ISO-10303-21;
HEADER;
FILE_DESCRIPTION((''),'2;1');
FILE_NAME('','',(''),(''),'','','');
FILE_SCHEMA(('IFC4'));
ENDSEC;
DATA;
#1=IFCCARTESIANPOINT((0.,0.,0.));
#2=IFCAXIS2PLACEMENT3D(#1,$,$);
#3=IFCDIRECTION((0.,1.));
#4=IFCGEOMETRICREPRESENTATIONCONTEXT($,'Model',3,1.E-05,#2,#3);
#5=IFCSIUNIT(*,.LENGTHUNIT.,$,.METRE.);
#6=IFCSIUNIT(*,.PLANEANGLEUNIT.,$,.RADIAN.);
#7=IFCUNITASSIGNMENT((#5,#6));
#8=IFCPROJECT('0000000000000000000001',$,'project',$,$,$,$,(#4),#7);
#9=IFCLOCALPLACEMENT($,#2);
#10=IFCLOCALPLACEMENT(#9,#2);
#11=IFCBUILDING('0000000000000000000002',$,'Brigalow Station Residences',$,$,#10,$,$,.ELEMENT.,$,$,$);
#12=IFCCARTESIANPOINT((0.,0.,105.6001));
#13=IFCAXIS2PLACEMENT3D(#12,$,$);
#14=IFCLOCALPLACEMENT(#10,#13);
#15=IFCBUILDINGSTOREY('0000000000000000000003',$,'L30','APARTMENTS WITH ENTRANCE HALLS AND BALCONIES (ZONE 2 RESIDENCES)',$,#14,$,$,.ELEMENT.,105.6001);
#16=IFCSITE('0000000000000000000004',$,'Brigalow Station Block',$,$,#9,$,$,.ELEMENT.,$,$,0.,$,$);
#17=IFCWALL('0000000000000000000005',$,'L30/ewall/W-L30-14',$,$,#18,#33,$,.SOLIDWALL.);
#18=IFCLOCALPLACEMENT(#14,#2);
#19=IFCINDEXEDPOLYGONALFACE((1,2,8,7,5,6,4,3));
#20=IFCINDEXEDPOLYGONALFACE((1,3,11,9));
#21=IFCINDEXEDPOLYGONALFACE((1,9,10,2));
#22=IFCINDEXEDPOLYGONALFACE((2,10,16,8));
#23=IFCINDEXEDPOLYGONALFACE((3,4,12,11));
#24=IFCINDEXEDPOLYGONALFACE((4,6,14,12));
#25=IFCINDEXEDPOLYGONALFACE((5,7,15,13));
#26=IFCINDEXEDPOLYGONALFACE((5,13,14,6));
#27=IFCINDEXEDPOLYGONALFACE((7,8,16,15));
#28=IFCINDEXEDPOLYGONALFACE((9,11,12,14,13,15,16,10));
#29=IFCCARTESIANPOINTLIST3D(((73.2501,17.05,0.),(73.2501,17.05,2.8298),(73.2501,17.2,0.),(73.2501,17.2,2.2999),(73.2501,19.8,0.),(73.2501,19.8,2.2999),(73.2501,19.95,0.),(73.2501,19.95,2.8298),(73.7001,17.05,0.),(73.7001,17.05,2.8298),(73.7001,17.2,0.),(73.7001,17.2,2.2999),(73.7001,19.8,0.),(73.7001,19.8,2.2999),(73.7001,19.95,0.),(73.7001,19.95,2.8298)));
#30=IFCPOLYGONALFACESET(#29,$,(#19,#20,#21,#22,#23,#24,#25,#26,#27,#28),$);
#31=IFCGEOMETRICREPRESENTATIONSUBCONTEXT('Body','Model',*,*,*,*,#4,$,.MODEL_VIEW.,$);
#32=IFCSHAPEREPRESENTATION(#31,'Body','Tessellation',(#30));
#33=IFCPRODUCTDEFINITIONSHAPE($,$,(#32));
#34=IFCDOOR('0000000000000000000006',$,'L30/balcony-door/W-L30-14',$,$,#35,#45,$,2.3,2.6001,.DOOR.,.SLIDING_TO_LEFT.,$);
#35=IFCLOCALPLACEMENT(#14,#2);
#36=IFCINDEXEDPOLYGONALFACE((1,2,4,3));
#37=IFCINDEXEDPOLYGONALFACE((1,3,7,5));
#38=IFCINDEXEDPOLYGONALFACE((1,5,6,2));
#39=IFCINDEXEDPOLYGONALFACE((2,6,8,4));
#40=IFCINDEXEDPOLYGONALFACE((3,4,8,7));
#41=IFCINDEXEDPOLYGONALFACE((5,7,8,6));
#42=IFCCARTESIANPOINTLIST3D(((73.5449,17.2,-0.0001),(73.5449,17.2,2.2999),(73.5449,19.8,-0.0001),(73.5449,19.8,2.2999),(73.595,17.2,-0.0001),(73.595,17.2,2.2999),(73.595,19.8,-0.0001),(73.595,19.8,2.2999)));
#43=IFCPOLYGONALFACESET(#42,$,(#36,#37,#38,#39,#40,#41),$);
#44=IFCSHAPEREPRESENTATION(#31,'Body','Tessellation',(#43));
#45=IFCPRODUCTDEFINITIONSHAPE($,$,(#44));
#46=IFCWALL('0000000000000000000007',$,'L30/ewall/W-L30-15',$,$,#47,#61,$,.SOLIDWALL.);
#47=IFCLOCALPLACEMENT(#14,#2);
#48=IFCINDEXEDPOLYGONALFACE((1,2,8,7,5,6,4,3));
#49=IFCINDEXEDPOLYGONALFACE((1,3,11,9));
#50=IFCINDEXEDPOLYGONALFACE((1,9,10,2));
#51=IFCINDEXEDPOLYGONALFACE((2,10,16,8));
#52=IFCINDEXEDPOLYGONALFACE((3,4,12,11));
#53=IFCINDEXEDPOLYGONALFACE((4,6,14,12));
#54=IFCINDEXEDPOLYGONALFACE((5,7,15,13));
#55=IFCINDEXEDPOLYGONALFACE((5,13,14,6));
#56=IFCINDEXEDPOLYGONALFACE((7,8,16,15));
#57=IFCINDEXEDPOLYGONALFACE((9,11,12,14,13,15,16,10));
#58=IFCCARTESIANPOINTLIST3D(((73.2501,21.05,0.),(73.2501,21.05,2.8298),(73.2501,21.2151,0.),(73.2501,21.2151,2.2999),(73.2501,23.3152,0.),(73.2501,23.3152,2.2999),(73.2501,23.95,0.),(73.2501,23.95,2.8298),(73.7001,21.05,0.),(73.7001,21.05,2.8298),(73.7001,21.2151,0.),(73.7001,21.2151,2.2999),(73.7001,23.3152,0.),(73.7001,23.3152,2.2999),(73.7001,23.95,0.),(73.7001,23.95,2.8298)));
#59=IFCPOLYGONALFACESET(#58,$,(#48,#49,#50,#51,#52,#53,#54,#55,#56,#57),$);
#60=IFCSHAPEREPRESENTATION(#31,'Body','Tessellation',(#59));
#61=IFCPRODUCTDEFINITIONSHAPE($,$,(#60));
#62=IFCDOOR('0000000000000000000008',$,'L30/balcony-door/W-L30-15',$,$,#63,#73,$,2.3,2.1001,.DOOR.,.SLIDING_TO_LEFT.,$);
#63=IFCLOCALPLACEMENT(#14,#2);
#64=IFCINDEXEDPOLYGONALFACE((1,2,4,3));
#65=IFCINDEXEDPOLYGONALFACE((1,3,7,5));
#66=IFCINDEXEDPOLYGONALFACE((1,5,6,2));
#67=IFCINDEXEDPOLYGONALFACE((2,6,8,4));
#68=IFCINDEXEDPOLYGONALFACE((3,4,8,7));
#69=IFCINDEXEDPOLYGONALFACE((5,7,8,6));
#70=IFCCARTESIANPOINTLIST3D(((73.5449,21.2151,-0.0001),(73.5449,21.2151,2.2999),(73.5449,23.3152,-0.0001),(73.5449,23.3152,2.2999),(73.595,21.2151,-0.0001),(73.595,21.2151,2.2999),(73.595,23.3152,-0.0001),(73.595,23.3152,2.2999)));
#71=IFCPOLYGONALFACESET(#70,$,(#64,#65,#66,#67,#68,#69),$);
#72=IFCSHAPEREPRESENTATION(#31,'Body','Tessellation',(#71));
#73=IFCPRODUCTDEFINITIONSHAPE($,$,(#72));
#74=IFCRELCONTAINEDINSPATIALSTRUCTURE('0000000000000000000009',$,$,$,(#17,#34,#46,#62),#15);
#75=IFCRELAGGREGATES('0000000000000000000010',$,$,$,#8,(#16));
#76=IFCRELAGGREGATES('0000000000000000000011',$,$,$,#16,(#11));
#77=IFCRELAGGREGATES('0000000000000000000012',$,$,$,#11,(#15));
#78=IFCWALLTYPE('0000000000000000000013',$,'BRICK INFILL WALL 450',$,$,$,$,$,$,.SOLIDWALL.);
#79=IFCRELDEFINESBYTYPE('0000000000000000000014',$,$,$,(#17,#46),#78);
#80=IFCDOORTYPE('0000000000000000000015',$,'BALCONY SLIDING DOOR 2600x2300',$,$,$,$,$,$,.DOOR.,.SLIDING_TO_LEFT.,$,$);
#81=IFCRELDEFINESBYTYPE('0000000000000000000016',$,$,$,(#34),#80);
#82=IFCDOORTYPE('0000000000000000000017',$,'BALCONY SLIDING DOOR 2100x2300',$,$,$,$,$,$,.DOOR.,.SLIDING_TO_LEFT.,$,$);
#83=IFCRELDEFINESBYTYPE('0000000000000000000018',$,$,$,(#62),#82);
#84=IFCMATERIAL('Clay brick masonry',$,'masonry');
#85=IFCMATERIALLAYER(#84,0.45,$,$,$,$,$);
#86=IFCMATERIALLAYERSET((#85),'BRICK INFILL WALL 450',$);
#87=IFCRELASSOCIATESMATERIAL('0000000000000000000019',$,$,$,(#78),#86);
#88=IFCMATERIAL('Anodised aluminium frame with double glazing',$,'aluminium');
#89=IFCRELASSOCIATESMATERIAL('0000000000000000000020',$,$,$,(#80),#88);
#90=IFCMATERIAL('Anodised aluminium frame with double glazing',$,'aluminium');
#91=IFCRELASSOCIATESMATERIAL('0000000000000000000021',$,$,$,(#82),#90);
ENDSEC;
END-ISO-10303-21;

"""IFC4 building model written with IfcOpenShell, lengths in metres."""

from ifc_helpers import new_model, si_unit, direction, frame, frame_2d, origin, place, context, subcontext, project, spatial, rectangle, extrude, material, layer, layer_set, type_object, element, fill, save


model = new_model("IFC4")

# Units and contexts
model_context = context("Model", 3, precision=1e-05, world=origin(), true_north=direction((0.0, 1.0)))
body_context = subcontext(model_context, "Body", "Model", "MODEL_VIEW")
ifc_project = project(units=[si_unit("LENGTHUNIT", "METRE"), si_unit("PLANEANGLEUNIT", "RADIAN")], contexts=[model_context])

# Site, building, storey
site_placement = place(None, origin())
site = spatial("IfcSite", under=ifc_project, at=site_placement, Name="Brigalow Station Block", CompositionType="ELEMENT", RefElevation=0.0)
building_placement = place(site_placement, origin())
building = spatial("IfcBuilding", under=site, at=building_placement, Name="Brigalow Station Residences", CompositionType="ELEMENT")
storey_placement = place(building_placement, frame((0.0, 0.0, 105.6001)))
storey = spatial("IfcBuildingStorey", under=building, at=storey_placement, Name="L30", Description="APARTMENTS WITH ENTRANCE HALLS AND BALCONIES (ZONE 2 RESIDENCES)", CompositionType="ELEMENT", Elevation=105.6001)

# Shared definitions
ifc_material_1 = material(Name="Clay brick masonry", Category="masonry")
ifc_layer = layer(ifc_material_1, 0.45)
ifc_layer_set = layer_set([ifc_layer], Name="BRICK INFILL WALL 450")
wall_type = type_object("IfcWallType", Name="BRICK INFILL WALL 450", PredefinedType="SOLIDWALL", material=ifc_layer_set)

# Walls, openings, doors
wall_1_placement = place(storey_placement, frame((73.4751, 17.05, 0.0), z_axis=(0.0, 0.0, 1.0), x_axis=(0.0, 1.0, 0.0)))
wall_1 = element("IfcWall", 1, at=wall_1_placement, inside=storey, type_object=wall_type, Name="L30/ewall/W-L30-14", PredefinedType="SOLIDWALL", context=body_context, shape_type="SweptSolid", body=[
    extrude(rectangle(XDim=2.8999, YDim=0.45, at=frame_2d((1.45, 0.0))), origin(), (0.0, 0.0, 1.0), 2.8298),
])
opening_1_placement = place(wall_1_placement, frame((0.1499, 0.0, 0.0)))
opening_1 = element("IfcOpeningElement", 2, at=opening_1_placement, cuts=wall_1, PredefinedType="OPENING", context=body_context, shape_type="SweptSolid", body=[
    extrude(rectangle(XDim=2.6001, YDim=2.3, at=frame_2d((1.3, 1.1499))), frame((0.0, 0.2349, 0.0), z_axis=(0.0, -1.0, 0.0), x_axis=(1.0, 0.0, 0.0)), (0.0, 0.0, 1.0), 0.47),
])
ifc_material_2 = material(Name="Anodised aluminium frame with double glazing", Category="aluminium")
door_type_1 = type_object("IfcDoorType", Name="BALCONY SLIDING DOOR 2600x2300", OperationType="SLIDING_TO_LEFT", PredefinedType="DOOR", material=ifc_material_2)
door_1_placement = place(opening_1_placement, origin())
door_1 = element("IfcDoor", 3, at=door_1_placement, inside=storey, type_object=door_type_1, Name="L30/balcony-door/W-L30-14", OperationType="SLIDING_TO_LEFT", OverallHeight=2.3, OverallWidth=2.6001, PredefinedType="DOOR", context=body_context, shape_type="SweptSolid", body=[
    extrude(rectangle(XDim=2.6001, YDim=2.3, at=frame_2d((1.3, 1.1499))), frame((0.0, -0.0698, 0.0), z_axis=(0.0, -1.0, 0.0), x_axis=(1.0, 0.0, 0.0)), (0.0, 0.0, 1.0), 0.05),
])
fill(opening_1, door_1)
wall_2_placement = place(storey_placement, frame((73.4751, 21.05, 0.0), z_axis=(0.0, 0.0, 1.0), x_axis=(0.0, 1.0, 0.0)))
wall_2 = element("IfcWall", 4, at=wall_2_placement, inside=storey, type_object=wall_type, Name="L30/ewall/W-L30-15", PredefinedType="SOLIDWALL", context=body_context, shape_type="SweptSolid", body=[
    extrude(rectangle(XDim=2.8999, YDim=0.45, at=frame_2d((1.45, 0.0))), origin(), (0.0, 0.0, 1.0), 2.8298),
])
opening_2_placement = place(wall_2_placement, frame((0.165, 0.0, 0.0)))
opening_2 = element("IfcOpeningElement", 5, at=opening_2_placement, cuts=wall_2, PredefinedType="OPENING", context=body_context, shape_type="SweptSolid", body=[
    extrude(rectangle(XDim=2.1001, YDim=2.3, at=frame_2d((1.05, 1.1499))), frame((0.0, 0.2349, 0.0), z_axis=(0.0, -1.0, 0.0), x_axis=(1.0, 0.0, 0.0)), (0.0, 0.0, 1.0), 0.47),
])
ifc_material_3 = material(Name="Anodised aluminium frame with double glazing", Category="aluminium")
door_type_2 = type_object("IfcDoorType", Name="BALCONY SLIDING DOOR 2100x2300", OperationType="SLIDING_TO_LEFT", PredefinedType="DOOR", material=ifc_material_3)
door_2_placement = place(opening_2_placement, origin())
door_2 = element("IfcDoor", 6, at=door_2_placement, inside=storey, type_object=door_type_2, Name="L30/balcony-door/W-L30-15", OperationType="SLIDING_TO_LEFT", OverallHeight=2.3, OverallWidth=2.1001, PredefinedType="DOOR", context=body_context, shape_type="SweptSolid", body=[
    extrude(rectangle(XDim=2.1001, YDim=2.3, at=frame_2d((1.05, 1.1499))), frame((0.0, -0.0698, 0.0), z_axis=(0.0, -1.0, 0.0), x_axis=(1.0, 0.0, 0.0)), (0.0, 0.0, 1.0), 0.05),
])
fill(opening_2, door_2)

save(model, "model.ifc")
